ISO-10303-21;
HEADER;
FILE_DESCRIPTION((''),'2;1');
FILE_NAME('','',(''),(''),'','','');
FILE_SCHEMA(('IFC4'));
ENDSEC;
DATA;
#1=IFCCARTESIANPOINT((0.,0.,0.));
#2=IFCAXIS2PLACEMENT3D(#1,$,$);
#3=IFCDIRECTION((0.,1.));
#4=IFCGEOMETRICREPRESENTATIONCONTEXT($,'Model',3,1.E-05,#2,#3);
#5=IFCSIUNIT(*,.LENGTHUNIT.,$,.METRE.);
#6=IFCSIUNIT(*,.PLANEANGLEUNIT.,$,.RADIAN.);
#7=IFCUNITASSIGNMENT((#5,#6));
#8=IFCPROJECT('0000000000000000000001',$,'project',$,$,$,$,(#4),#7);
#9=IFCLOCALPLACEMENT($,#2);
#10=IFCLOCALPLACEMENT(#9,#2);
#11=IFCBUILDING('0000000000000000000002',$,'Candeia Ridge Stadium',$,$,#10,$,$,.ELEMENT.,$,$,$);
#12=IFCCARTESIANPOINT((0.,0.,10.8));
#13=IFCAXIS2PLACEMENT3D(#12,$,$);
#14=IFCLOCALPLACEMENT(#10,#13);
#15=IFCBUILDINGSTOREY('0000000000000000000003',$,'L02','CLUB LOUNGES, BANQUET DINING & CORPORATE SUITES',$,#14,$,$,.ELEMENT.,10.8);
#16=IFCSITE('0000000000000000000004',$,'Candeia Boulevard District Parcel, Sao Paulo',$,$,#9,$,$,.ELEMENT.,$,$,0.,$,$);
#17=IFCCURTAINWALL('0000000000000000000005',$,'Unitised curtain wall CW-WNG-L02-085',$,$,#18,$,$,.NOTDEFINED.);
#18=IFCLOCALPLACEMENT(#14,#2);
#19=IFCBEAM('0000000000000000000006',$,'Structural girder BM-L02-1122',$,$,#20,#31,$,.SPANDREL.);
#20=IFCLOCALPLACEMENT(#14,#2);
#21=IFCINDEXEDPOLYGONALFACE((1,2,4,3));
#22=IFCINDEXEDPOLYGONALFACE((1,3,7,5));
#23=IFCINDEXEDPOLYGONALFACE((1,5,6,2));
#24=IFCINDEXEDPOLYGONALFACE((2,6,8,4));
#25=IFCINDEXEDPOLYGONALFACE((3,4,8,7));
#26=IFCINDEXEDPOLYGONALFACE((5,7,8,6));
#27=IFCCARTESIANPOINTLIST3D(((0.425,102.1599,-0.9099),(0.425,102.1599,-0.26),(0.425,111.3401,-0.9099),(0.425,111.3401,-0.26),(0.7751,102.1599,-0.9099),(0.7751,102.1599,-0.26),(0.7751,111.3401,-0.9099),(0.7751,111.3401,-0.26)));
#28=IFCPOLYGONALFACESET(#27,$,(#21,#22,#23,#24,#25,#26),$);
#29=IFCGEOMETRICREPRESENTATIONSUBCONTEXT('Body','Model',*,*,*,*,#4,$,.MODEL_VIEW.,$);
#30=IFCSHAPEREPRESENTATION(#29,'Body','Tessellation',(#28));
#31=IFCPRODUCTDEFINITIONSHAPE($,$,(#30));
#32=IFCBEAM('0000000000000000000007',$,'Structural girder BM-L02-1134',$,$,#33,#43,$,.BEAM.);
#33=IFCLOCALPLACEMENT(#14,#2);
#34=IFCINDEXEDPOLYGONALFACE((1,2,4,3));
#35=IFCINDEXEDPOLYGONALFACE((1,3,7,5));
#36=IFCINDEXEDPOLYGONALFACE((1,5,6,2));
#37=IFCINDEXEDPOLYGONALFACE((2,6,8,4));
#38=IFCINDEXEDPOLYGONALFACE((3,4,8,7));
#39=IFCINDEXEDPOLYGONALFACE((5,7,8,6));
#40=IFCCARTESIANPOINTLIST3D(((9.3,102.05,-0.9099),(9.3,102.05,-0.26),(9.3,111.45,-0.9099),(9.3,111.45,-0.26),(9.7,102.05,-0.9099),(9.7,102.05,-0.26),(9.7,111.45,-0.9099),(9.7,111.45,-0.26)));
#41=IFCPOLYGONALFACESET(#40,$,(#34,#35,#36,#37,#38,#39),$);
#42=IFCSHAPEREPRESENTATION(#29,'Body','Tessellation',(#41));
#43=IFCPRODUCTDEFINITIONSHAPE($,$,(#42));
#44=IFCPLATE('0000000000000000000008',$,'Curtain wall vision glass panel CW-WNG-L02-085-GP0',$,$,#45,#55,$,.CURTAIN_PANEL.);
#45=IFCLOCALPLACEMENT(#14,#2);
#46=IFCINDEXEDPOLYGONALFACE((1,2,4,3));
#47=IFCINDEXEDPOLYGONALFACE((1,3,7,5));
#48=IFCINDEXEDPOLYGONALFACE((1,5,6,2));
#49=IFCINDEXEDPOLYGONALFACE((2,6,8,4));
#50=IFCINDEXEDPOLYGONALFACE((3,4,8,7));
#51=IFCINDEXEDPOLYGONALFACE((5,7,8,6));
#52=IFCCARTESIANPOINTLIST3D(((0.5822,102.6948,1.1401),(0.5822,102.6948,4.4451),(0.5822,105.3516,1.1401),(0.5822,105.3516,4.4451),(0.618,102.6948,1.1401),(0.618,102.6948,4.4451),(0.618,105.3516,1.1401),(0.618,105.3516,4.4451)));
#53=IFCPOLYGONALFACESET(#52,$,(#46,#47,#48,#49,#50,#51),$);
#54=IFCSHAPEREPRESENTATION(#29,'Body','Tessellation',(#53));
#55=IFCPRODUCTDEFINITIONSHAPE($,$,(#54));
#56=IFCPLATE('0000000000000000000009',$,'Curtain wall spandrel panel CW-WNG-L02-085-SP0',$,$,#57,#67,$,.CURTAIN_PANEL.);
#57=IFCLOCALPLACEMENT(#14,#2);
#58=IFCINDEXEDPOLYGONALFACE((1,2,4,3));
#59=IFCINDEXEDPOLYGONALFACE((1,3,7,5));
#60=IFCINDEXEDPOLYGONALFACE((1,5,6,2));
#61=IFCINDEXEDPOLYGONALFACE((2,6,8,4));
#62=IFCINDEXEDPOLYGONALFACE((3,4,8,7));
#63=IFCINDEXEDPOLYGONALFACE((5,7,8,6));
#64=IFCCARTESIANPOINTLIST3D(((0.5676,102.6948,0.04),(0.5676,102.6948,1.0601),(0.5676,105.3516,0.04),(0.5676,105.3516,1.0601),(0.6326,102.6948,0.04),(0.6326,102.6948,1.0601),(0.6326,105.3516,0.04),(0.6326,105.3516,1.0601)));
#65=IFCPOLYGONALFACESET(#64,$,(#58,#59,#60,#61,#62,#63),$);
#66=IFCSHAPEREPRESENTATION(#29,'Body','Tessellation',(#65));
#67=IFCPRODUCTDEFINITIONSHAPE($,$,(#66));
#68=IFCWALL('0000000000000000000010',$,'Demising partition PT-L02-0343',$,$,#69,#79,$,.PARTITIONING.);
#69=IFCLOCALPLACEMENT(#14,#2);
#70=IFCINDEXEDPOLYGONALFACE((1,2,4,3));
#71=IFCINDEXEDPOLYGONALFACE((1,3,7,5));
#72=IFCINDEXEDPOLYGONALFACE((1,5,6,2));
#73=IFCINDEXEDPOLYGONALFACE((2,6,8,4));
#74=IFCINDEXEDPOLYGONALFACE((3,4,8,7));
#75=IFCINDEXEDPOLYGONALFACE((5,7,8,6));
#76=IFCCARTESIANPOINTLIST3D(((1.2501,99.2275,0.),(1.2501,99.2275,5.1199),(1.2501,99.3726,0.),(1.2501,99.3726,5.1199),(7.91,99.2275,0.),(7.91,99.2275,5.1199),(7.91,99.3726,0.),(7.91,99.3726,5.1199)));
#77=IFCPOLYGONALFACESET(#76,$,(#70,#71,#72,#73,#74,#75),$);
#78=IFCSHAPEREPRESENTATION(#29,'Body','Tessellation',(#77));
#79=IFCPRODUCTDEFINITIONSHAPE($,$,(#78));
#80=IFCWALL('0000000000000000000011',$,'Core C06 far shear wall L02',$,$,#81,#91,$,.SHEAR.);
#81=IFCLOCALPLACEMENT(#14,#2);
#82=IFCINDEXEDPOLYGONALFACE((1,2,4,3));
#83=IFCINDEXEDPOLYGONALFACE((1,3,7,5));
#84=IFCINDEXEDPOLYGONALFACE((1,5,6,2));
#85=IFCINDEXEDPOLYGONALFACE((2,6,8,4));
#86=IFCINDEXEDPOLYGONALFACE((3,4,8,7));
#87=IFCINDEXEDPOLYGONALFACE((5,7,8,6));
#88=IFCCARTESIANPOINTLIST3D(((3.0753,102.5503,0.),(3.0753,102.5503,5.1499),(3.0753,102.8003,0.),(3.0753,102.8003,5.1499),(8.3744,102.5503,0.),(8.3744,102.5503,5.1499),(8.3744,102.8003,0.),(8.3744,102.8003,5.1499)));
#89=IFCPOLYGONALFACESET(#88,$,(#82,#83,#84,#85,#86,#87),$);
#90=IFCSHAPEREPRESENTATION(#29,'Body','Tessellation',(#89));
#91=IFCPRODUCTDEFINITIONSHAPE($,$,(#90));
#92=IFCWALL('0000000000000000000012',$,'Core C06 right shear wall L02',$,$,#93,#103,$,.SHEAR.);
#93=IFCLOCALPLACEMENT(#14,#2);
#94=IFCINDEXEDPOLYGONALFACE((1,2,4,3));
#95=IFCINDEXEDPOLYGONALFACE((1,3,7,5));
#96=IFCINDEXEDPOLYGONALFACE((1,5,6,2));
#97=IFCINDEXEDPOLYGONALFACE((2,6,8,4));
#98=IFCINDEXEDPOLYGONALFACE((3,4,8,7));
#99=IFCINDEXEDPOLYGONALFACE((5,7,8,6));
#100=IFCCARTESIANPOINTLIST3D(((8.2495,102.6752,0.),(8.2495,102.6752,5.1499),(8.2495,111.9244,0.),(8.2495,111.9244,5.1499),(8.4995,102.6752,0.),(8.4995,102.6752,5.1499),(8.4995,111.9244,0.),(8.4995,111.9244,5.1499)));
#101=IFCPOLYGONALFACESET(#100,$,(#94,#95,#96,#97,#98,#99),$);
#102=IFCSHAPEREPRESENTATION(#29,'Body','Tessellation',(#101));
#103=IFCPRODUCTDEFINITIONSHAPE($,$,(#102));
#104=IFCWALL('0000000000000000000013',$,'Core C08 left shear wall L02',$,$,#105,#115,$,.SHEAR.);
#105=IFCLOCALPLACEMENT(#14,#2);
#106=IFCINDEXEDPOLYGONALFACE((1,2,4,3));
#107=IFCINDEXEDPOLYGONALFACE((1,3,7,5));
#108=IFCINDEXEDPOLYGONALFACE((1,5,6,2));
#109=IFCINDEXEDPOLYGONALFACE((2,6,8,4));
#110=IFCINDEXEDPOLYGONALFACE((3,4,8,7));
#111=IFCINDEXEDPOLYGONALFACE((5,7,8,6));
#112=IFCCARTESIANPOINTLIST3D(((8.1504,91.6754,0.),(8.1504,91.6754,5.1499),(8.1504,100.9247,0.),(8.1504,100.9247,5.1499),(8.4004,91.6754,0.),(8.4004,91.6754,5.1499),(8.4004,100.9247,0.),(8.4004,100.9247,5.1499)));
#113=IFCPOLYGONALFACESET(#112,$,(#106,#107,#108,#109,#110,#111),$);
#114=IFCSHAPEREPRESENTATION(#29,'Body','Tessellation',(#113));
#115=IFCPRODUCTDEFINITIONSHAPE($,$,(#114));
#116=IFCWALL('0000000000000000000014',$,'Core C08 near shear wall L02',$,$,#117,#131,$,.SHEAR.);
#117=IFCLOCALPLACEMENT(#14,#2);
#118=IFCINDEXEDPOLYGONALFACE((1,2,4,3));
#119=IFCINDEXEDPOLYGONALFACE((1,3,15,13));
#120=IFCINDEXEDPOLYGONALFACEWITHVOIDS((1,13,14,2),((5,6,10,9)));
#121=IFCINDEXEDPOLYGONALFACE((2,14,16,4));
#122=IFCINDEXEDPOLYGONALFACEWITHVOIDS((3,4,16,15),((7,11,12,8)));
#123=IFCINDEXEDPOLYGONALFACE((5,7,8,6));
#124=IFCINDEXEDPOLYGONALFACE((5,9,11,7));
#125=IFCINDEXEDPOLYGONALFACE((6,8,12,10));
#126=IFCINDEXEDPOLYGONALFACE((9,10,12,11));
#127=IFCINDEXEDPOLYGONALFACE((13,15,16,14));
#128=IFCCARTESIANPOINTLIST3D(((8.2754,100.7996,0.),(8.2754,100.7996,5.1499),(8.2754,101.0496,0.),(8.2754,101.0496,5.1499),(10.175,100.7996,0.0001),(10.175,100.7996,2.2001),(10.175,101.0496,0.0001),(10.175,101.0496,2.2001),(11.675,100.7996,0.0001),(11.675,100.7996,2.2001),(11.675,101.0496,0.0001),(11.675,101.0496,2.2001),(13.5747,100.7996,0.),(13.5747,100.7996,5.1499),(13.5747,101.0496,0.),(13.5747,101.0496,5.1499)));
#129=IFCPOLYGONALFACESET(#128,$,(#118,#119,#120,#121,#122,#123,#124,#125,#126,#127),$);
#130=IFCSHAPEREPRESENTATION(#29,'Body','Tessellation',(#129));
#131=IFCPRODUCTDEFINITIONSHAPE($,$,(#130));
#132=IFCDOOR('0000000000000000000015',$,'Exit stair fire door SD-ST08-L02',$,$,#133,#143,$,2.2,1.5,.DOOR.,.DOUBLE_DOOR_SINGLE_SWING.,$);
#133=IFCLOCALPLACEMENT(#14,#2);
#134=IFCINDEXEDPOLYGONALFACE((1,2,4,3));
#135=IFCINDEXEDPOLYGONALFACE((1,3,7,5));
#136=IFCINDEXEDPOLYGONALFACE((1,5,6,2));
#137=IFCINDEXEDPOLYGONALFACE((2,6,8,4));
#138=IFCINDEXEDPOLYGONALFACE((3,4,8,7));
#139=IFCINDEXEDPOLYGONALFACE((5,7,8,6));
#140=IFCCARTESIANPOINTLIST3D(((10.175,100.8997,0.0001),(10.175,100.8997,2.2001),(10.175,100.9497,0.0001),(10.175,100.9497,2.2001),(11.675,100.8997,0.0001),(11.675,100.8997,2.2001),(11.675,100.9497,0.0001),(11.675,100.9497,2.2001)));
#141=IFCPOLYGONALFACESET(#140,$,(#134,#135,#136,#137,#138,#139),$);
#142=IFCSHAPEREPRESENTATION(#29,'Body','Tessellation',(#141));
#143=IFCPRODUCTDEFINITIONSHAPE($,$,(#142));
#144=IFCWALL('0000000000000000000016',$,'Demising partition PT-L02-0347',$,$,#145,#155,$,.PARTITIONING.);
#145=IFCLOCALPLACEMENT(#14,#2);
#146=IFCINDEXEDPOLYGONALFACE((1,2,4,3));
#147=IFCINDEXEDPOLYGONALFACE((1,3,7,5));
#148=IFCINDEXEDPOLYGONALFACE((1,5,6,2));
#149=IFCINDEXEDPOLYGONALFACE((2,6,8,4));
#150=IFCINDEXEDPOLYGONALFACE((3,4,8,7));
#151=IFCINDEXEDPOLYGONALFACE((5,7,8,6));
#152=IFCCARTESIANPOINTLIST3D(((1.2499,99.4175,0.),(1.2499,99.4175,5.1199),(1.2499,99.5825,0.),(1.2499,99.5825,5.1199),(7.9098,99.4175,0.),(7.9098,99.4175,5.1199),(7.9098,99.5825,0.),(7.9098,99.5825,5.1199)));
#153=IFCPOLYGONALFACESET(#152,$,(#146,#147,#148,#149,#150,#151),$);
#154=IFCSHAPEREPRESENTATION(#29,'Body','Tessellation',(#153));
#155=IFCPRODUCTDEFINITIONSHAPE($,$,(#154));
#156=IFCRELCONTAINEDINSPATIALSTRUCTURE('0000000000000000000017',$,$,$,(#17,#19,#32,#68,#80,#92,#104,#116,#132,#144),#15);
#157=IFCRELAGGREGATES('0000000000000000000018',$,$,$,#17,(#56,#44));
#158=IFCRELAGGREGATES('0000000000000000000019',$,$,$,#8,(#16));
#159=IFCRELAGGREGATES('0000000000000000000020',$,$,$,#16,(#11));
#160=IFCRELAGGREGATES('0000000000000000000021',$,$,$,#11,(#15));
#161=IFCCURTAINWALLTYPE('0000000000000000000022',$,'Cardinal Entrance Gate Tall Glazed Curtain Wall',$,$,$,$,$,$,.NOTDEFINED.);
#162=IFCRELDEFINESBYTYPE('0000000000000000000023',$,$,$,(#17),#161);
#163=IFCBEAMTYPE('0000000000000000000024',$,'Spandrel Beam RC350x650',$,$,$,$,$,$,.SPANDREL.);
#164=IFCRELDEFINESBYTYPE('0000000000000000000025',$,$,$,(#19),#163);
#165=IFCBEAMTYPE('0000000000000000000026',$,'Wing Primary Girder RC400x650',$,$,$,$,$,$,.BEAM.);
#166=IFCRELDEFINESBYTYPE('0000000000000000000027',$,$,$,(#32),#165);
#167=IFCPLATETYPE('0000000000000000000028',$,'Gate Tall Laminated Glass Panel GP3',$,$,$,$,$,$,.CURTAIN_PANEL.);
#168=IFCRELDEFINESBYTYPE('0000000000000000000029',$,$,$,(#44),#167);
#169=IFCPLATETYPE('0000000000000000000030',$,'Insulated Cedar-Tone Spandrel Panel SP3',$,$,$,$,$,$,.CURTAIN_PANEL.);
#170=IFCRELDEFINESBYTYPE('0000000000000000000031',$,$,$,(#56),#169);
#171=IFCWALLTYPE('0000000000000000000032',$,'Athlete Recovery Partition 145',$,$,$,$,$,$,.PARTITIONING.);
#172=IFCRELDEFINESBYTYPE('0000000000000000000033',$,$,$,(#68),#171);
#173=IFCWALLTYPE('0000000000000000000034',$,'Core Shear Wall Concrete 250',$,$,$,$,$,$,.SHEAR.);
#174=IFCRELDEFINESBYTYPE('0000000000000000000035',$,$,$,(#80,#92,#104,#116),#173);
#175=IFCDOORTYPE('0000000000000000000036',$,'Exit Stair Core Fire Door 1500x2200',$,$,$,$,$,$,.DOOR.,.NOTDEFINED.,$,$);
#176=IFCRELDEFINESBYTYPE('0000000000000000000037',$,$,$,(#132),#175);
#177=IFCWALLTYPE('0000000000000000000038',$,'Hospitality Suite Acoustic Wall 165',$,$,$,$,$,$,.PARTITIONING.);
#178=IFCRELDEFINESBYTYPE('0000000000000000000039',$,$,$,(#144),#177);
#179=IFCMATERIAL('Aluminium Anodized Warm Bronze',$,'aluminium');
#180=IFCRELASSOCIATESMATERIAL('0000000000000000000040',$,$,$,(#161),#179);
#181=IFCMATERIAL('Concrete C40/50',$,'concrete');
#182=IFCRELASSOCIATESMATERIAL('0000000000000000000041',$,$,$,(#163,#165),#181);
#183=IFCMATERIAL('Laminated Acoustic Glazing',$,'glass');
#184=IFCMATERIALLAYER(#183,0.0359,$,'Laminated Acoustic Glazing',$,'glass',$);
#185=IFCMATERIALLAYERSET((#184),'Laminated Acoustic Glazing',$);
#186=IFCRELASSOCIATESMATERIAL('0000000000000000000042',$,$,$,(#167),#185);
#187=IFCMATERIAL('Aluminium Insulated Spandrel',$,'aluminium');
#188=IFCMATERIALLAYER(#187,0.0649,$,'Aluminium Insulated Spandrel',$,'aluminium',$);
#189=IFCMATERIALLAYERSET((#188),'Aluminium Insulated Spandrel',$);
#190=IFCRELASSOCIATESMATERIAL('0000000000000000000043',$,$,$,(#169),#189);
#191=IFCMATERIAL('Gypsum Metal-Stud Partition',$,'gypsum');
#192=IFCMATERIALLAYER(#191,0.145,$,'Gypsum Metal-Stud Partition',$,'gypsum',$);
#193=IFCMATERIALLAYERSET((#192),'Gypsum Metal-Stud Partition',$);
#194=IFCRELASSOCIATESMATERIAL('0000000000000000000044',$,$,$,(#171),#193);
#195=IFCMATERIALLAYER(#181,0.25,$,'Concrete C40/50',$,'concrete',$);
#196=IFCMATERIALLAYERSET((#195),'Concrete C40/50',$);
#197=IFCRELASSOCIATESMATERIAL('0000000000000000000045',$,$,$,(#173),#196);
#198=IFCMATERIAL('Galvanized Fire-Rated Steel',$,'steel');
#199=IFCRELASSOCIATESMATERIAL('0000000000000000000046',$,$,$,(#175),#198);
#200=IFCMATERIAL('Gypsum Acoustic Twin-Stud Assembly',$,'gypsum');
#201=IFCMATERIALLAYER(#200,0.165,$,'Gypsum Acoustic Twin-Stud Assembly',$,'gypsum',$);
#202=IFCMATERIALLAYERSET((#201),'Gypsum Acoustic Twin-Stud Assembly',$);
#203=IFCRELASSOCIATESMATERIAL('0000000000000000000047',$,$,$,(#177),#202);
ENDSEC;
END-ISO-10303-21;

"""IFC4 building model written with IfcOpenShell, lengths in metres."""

from ifc_helpers import new_model, si_unit, direction, frame, frame_2d, origin, origin_2d, place, context, subcontext, project, spatial, rectangle, extrude, material, layer, layer_set, material_profile, profile_set, type_object, element, fill, aggregate, save


model = new_model("IFC4")

# Units and contexts
model_context = context("Model", 3, precision=1e-05, world=origin(), true_north=direction((0.0, 1.0)))
body_context = subcontext(model_context, "Body", "Model", "MODEL_VIEW")
ifc_project = project(units=[si_unit("LENGTHUNIT", "METRE"), si_unit("PLANEANGLEUNIT", "RADIAN")], contexts=[model_context])

# Site, building, storey
site_placement = place(None, origin())
site = spatial("IfcSite", under=ifc_project, at=site_placement, Name="Candeia Boulevard District Parcel, Sao Paulo", CompositionType="ELEMENT", RefElevation=0.0)
building_placement = place(site_placement, origin())
building = spatial("IfcBuilding", under=site, at=building_placement, Name="Candeia Ridge Stadium", CompositionType="ELEMENT")
storey_placement = place(building_placement, frame((0.0, 0.0, 10.8)))
storey = spatial("IfcBuildingStorey", under=building, at=storey_placement, Name="L02", Description="CLUB LOUNGES, BANQUET DINING & CORPORATE SUITES", CompositionType="ELEMENT", Elevation=10.8)

# Shared definitions
ifc_material_1 = material(Name="Concrete C40/50", Category="concrete")

# Curtain wall
ifc_material_2 = material(Name="Aluminium Anodized Warm Bronze", Category="aluminium")
curtain_wall_type = type_object("IfcCurtainWallType", Name="Cardinal Entrance Gate Tall Glazed Curtain Wall", PredefinedType="NOTDEFINED", material=ifc_material_2)
curtain_wall_placement = place(storey_placement, origin())
curtain_wall = element("IfcCurtainWall", 1, at=curtain_wall_placement, inside=storey, type_object=curtain_wall_type, Name="Unitised curtain wall CW-WNG-L02-085", PredefinedType="NOTDEFINED")

# Beams
ifc_material_profile_1 = material_profile(ifc_material_1, rectangle(XDim=0.3501, YDim=0.6499, at=origin_2d()), Name="RC350x650", Category="concrete")
ifc_profile_set_1 = profile_set([ifc_material_profile_1], Name="Concrete C40/50")
beam_type_1 = type_object("IfcBeamType", Name="Spandrel Beam RC350x650", PredefinedType="SPANDREL", material=ifc_profile_set_1)
beam_1_placement = place(storey_placement, frame((0.6001, 102.1599, -0.585), z_axis=(0.0, 1.0, 0.0), x_axis=(-1.0, 0.0, 0.0)))
element("IfcBeam", 2, at=beam_1_placement, inside=storey, type_object=beam_type_1, Name="Structural girder BM-L02-1122", PredefinedType="SPANDREL", context=body_context, shape_type="SweptSolid", body=[
    extrude(rectangle(XDim=0.3501, YDim=0.6499, at=origin_2d()), origin(), (0.0, 0.0, 1.0), 9.1802),
])
ifc_material_profile_2 = material_profile(ifc_material_1, rectangle(XDim=0.3999, YDim=0.6499, at=origin_2d()), Name="RC400x650", Category="concrete")
ifc_profile_set_2 = profile_set([ifc_material_profile_2], Name="Concrete C40/50")
beam_type_2 = type_object("IfcBeamType", Name="Wing Primary Girder RC400x650", PredefinedType="BEAM", material=ifc_profile_set_2)
beam_2_placement = place(storey_placement, frame((9.5, 102.05, -0.585), z_axis=(0.0, 1.0, 0.0), x_axis=(-1.0, 0.0, 0.0)))
element("IfcBeam", 3, at=beam_2_placement, inside=storey, type_object=beam_type_2, Name="Structural girder BM-L02-1134", PredefinedType="BEAM", context=body_context, shape_type="SweptSolid", body=[
    extrude(rectangle(XDim=0.3999, YDim=0.6499, at=origin_2d()), origin(), (0.0, 0.0, 1.0), 9.3999),
])

# Plates
ifc_material_3 = material(Name="Laminated Acoustic Glazing", Category="glass")
ifc_layer_1 = layer(ifc_material_3, 0.0359, Name="Laminated Acoustic Glazing", Category="glass")
ifc_layer_set_1 = layer_set([ifc_layer_1], Name="Laminated Acoustic Glazing")
plate_type_1 = type_object("IfcPlateType", Name="Gate Tall Laminated Glass Panel GP3", PredefinedType="CURTAIN_PANEL", material=ifc_layer_set_1)
plate_1_placement = place(storey_placement, frame((0.6001, 104.0232, 1.1401), z_axis=(0.0, 0.0, 1.0), x_axis=(0.0, 1.0, 0.0)))
plate_1 = element("IfcPlate", 4, at=plate_1_placement, type_object=plate_type_1, Name="Curtain wall vision glass panel CW-WNG-L02-085-GP0", PredefinedType="CURTAIN_PANEL", context=body_context, shape_type="SweptSolid", body=[
    extrude(rectangle(XDim=2.6567, YDim=0.0359, at=origin_2d()), origin(), (0.0, 0.0, 1.0), 3.3049),
])
ifc_material_4 = material(Name="Aluminium Insulated Spandrel", Category="aluminium")
ifc_layer_2 = layer(ifc_material_4, 0.0649, Name="Aluminium Insulated Spandrel", Category="aluminium")
ifc_layer_set_2 = layer_set([ifc_layer_2], Name="Aluminium Insulated Spandrel")
plate_type_2 = type_object("IfcPlateType", Name="Insulated Cedar-Tone Spandrel Panel SP3", PredefinedType="CURTAIN_PANEL", material=ifc_layer_set_2)
plate_2_placement = place(storey_placement, frame((0.6001, 104.0232, 0.04), z_axis=(0.0, 0.0, 1.0), x_axis=(0.0, 1.0, 0.0)))
plate_2 = element("IfcPlate", 5, at=plate_2_placement, type_object=plate_type_2, Name="Curtain wall spandrel panel CW-WNG-L02-085-SP0", PredefinedType="CURTAIN_PANEL", context=body_context, shape_type="SweptSolid", body=[
    extrude(rectangle(XDim=2.6567, YDim=0.0649, at=origin_2d()), origin(), (0.0, 0.0, 1.0), 1.02),
])
aggregate(curtain_wall, [plate_2, plate_1])

# Walls
ifc_material_5 = material(Name="Gypsum Metal-Stud Partition", Category="gypsum")
ifc_layer_3 = layer(ifc_material_5, 0.145, Name="Gypsum Metal-Stud Partition", Category="gypsum")
ifc_layer_set_3 = layer_set([ifc_layer_3], Name="Gypsum Metal-Stud Partition")
wall_type_1 = type_object("IfcWallType", Name="Athlete Recovery Partition 145", PredefinedType="PARTITIONING", material=ifc_layer_set_3)
wall_1_placement = place(storey_placement, frame((1.25, 99.3, 0.0), z_axis=(0.0, 0.0, 1.0), x_axis=(1.0, 0.0, 0.0)))
element("IfcWall", 6, at=wall_1_placement, inside=storey, type_object=wall_type_1, Name="Demising partition PT-L02-0343", PredefinedType="PARTITIONING", context=body_context, shape_type="SweptSolid", body=[
    extrude(rectangle(XDim=6.6599, YDim=0.145, at=frame_2d((3.3301, 0.0))), origin(), (0.0, 0.0, 1.0), 5.1199),
])
ifc_layer_4 = layer(ifc_material_1, 0.25, Name="Concrete C40/50", Category="concrete")
ifc_layer_set_4 = layer_set([ifc_layer_4], Name="Concrete C40/50")
wall_type_2 = type_object("IfcWallType", Name="Core Shear Wall Concrete 250", PredefinedType="SHEAR", material=ifc_layer_set_4)
wall_2_placement = place(storey_placement, frame((3.0754, 102.6753, 0.0), z_axis=(0.0, 0.0, 1.0), x_axis=(1.0, 0.0, 0.0)))
element("IfcWall", 7, at=wall_2_placement, inside=storey, type_object=wall_type_2, Name="Core C06 far shear wall L02", PredefinedType="SHEAR", context=body_context, shape_type="SweptSolid", body=[
    extrude(rectangle(XDim=5.2991, YDim=0.25, at=frame_2d((2.6494, 0.0))), origin(), (0.0, 0.0, 1.0), 5.1499),
])
for number, where, z_axis, x_axis, name in (
    (8, (8.3745, 102.6753, 0.0), (0.0, 0.0, 1.0), (0.0, 1.0, 0.0), "Core C06 right shear wall L02"),
    (9, (8.2754, 100.9246, 0.0), (0.0, 0.0, 1.0), (0.0, -1.0, 0.0), "Core C08 left shear wall L02"),
):
    element("IfcWall", number, at=place(storey_placement, frame(where, z_axis=z_axis, x_axis=x_axis)), inside=storey, type_object=wall_type_2, Name=name, PredefinedType="SHEAR", context=body_context, shape_type="SweptSolid", body=[
        extrude(rectangle(XDim=9.2493, YDim=0.25, at=frame_2d((4.6245, 0.0))), origin(), (0.0, 0.0, 1.0), 5.1499),
    ])

# Wall, opening, door
wall_3_placement = place(storey_placement, frame((13.5747, 100.9246, 0.0), z_axis=(0.0, 0.0, 1.0), x_axis=(-1.0, 0.0, 0.0)))
wall_3 = element("IfcWall", 10, at=wall_3_placement, inside=storey, type_object=wall_type_2, Name="Core C08 near shear wall L02", PredefinedType="SHEAR", context=body_context, shape_type="SweptSolid", body=[
    extrude(rectangle(XDim=5.2993, YDim=0.25, at=frame_2d((2.6497, 0.0))), origin(), (0.0, 0.0, 1.0), 5.1499),
])
opening_placement = place(wall_3_placement, frame((1.8997, 0.0, 0.0)))
opening = element("IfcOpeningElement", 11, at=opening_placement, cuts=wall_3, PredefinedType="OPENING", context=body_context, shape_type="SweptSolid", body=[
    extrude(rectangle(XDim=1.5, YDim=2.2, at=frame_2d((0.75, 1.1001))), frame((0.0, 0.135, 0.0), z_axis=(0.0, -1.0, 0.0), x_axis=(1.0, 0.0, 0.0)), (0.0, 0.0, 1.0), 0.27),
])
ifc_material_6 = material(Name="Galvanized Fire-Rated Steel", Category="steel")
door_type = type_object("IfcDoorType", Name="Exit Stair Core Fire Door 1500x2200", OperationType="NOTDEFINED", PredefinedType="DOOR", material=ifc_material_6)
door_placement = place(opening_placement, origin())
door = element("IfcDoor", 12, at=door_placement, inside=storey, type_object=door_type, Name="Exit stair fire door SD-ST08-L02", OperationType="DOUBLE_DOOR_SINGLE_SWING", OverallHeight=2.2, OverallWidth=1.5, PredefinedType="DOOR", context=body_context, shape_type="SweptSolid", body=[
    extrude(rectangle(XDim=1.5, YDim=2.2, at=frame_2d((0.75, 1.1001))), frame((0.0, 0.0249, 0.0), z_axis=(0.0, -1.0, 0.0), x_axis=(1.0, 0.0, 0.0)), (0.0, 0.0, 1.0), 0.05),
])
fill(opening, door)

# Wall
ifc_material_7 = material(Name="Gypsum Acoustic Twin-Stud Assembly", Category="gypsum")
ifc_layer_5 = layer(ifc_material_7, 0.165, Name="Gypsum Acoustic Twin-Stud Assembly", Category="gypsum")
ifc_layer_set_5 = layer_set([ifc_layer_5], Name="Gypsum Acoustic Twin-Stud Assembly")
wall_type_3 = type_object("IfcWallType", Name="Hospitality Suite Acoustic Wall 165", PredefinedType="PARTITIONING", material=ifc_layer_set_5)
wall_4_placement = place(storey_placement, frame((7.9099, 99.5, 0.0), z_axis=(0.0, 0.0, 1.0), x_axis=(-1.0, 0.0, 0.0)))
element("IfcWall", 13, at=wall_4_placement, inside=storey, type_object=wall_type_3, Name="Demising partition PT-L02-0347", PredefinedType="PARTITIONING", context=body_context, shape_type="SweptSolid", body=[
    extrude(rectangle(XDim=6.6599, YDim=0.165, at=frame_2d((3.3301, 0.0))), origin(), (0.0, 0.0, 1.0), 5.1199),
])

save(model, "model.ifc")
